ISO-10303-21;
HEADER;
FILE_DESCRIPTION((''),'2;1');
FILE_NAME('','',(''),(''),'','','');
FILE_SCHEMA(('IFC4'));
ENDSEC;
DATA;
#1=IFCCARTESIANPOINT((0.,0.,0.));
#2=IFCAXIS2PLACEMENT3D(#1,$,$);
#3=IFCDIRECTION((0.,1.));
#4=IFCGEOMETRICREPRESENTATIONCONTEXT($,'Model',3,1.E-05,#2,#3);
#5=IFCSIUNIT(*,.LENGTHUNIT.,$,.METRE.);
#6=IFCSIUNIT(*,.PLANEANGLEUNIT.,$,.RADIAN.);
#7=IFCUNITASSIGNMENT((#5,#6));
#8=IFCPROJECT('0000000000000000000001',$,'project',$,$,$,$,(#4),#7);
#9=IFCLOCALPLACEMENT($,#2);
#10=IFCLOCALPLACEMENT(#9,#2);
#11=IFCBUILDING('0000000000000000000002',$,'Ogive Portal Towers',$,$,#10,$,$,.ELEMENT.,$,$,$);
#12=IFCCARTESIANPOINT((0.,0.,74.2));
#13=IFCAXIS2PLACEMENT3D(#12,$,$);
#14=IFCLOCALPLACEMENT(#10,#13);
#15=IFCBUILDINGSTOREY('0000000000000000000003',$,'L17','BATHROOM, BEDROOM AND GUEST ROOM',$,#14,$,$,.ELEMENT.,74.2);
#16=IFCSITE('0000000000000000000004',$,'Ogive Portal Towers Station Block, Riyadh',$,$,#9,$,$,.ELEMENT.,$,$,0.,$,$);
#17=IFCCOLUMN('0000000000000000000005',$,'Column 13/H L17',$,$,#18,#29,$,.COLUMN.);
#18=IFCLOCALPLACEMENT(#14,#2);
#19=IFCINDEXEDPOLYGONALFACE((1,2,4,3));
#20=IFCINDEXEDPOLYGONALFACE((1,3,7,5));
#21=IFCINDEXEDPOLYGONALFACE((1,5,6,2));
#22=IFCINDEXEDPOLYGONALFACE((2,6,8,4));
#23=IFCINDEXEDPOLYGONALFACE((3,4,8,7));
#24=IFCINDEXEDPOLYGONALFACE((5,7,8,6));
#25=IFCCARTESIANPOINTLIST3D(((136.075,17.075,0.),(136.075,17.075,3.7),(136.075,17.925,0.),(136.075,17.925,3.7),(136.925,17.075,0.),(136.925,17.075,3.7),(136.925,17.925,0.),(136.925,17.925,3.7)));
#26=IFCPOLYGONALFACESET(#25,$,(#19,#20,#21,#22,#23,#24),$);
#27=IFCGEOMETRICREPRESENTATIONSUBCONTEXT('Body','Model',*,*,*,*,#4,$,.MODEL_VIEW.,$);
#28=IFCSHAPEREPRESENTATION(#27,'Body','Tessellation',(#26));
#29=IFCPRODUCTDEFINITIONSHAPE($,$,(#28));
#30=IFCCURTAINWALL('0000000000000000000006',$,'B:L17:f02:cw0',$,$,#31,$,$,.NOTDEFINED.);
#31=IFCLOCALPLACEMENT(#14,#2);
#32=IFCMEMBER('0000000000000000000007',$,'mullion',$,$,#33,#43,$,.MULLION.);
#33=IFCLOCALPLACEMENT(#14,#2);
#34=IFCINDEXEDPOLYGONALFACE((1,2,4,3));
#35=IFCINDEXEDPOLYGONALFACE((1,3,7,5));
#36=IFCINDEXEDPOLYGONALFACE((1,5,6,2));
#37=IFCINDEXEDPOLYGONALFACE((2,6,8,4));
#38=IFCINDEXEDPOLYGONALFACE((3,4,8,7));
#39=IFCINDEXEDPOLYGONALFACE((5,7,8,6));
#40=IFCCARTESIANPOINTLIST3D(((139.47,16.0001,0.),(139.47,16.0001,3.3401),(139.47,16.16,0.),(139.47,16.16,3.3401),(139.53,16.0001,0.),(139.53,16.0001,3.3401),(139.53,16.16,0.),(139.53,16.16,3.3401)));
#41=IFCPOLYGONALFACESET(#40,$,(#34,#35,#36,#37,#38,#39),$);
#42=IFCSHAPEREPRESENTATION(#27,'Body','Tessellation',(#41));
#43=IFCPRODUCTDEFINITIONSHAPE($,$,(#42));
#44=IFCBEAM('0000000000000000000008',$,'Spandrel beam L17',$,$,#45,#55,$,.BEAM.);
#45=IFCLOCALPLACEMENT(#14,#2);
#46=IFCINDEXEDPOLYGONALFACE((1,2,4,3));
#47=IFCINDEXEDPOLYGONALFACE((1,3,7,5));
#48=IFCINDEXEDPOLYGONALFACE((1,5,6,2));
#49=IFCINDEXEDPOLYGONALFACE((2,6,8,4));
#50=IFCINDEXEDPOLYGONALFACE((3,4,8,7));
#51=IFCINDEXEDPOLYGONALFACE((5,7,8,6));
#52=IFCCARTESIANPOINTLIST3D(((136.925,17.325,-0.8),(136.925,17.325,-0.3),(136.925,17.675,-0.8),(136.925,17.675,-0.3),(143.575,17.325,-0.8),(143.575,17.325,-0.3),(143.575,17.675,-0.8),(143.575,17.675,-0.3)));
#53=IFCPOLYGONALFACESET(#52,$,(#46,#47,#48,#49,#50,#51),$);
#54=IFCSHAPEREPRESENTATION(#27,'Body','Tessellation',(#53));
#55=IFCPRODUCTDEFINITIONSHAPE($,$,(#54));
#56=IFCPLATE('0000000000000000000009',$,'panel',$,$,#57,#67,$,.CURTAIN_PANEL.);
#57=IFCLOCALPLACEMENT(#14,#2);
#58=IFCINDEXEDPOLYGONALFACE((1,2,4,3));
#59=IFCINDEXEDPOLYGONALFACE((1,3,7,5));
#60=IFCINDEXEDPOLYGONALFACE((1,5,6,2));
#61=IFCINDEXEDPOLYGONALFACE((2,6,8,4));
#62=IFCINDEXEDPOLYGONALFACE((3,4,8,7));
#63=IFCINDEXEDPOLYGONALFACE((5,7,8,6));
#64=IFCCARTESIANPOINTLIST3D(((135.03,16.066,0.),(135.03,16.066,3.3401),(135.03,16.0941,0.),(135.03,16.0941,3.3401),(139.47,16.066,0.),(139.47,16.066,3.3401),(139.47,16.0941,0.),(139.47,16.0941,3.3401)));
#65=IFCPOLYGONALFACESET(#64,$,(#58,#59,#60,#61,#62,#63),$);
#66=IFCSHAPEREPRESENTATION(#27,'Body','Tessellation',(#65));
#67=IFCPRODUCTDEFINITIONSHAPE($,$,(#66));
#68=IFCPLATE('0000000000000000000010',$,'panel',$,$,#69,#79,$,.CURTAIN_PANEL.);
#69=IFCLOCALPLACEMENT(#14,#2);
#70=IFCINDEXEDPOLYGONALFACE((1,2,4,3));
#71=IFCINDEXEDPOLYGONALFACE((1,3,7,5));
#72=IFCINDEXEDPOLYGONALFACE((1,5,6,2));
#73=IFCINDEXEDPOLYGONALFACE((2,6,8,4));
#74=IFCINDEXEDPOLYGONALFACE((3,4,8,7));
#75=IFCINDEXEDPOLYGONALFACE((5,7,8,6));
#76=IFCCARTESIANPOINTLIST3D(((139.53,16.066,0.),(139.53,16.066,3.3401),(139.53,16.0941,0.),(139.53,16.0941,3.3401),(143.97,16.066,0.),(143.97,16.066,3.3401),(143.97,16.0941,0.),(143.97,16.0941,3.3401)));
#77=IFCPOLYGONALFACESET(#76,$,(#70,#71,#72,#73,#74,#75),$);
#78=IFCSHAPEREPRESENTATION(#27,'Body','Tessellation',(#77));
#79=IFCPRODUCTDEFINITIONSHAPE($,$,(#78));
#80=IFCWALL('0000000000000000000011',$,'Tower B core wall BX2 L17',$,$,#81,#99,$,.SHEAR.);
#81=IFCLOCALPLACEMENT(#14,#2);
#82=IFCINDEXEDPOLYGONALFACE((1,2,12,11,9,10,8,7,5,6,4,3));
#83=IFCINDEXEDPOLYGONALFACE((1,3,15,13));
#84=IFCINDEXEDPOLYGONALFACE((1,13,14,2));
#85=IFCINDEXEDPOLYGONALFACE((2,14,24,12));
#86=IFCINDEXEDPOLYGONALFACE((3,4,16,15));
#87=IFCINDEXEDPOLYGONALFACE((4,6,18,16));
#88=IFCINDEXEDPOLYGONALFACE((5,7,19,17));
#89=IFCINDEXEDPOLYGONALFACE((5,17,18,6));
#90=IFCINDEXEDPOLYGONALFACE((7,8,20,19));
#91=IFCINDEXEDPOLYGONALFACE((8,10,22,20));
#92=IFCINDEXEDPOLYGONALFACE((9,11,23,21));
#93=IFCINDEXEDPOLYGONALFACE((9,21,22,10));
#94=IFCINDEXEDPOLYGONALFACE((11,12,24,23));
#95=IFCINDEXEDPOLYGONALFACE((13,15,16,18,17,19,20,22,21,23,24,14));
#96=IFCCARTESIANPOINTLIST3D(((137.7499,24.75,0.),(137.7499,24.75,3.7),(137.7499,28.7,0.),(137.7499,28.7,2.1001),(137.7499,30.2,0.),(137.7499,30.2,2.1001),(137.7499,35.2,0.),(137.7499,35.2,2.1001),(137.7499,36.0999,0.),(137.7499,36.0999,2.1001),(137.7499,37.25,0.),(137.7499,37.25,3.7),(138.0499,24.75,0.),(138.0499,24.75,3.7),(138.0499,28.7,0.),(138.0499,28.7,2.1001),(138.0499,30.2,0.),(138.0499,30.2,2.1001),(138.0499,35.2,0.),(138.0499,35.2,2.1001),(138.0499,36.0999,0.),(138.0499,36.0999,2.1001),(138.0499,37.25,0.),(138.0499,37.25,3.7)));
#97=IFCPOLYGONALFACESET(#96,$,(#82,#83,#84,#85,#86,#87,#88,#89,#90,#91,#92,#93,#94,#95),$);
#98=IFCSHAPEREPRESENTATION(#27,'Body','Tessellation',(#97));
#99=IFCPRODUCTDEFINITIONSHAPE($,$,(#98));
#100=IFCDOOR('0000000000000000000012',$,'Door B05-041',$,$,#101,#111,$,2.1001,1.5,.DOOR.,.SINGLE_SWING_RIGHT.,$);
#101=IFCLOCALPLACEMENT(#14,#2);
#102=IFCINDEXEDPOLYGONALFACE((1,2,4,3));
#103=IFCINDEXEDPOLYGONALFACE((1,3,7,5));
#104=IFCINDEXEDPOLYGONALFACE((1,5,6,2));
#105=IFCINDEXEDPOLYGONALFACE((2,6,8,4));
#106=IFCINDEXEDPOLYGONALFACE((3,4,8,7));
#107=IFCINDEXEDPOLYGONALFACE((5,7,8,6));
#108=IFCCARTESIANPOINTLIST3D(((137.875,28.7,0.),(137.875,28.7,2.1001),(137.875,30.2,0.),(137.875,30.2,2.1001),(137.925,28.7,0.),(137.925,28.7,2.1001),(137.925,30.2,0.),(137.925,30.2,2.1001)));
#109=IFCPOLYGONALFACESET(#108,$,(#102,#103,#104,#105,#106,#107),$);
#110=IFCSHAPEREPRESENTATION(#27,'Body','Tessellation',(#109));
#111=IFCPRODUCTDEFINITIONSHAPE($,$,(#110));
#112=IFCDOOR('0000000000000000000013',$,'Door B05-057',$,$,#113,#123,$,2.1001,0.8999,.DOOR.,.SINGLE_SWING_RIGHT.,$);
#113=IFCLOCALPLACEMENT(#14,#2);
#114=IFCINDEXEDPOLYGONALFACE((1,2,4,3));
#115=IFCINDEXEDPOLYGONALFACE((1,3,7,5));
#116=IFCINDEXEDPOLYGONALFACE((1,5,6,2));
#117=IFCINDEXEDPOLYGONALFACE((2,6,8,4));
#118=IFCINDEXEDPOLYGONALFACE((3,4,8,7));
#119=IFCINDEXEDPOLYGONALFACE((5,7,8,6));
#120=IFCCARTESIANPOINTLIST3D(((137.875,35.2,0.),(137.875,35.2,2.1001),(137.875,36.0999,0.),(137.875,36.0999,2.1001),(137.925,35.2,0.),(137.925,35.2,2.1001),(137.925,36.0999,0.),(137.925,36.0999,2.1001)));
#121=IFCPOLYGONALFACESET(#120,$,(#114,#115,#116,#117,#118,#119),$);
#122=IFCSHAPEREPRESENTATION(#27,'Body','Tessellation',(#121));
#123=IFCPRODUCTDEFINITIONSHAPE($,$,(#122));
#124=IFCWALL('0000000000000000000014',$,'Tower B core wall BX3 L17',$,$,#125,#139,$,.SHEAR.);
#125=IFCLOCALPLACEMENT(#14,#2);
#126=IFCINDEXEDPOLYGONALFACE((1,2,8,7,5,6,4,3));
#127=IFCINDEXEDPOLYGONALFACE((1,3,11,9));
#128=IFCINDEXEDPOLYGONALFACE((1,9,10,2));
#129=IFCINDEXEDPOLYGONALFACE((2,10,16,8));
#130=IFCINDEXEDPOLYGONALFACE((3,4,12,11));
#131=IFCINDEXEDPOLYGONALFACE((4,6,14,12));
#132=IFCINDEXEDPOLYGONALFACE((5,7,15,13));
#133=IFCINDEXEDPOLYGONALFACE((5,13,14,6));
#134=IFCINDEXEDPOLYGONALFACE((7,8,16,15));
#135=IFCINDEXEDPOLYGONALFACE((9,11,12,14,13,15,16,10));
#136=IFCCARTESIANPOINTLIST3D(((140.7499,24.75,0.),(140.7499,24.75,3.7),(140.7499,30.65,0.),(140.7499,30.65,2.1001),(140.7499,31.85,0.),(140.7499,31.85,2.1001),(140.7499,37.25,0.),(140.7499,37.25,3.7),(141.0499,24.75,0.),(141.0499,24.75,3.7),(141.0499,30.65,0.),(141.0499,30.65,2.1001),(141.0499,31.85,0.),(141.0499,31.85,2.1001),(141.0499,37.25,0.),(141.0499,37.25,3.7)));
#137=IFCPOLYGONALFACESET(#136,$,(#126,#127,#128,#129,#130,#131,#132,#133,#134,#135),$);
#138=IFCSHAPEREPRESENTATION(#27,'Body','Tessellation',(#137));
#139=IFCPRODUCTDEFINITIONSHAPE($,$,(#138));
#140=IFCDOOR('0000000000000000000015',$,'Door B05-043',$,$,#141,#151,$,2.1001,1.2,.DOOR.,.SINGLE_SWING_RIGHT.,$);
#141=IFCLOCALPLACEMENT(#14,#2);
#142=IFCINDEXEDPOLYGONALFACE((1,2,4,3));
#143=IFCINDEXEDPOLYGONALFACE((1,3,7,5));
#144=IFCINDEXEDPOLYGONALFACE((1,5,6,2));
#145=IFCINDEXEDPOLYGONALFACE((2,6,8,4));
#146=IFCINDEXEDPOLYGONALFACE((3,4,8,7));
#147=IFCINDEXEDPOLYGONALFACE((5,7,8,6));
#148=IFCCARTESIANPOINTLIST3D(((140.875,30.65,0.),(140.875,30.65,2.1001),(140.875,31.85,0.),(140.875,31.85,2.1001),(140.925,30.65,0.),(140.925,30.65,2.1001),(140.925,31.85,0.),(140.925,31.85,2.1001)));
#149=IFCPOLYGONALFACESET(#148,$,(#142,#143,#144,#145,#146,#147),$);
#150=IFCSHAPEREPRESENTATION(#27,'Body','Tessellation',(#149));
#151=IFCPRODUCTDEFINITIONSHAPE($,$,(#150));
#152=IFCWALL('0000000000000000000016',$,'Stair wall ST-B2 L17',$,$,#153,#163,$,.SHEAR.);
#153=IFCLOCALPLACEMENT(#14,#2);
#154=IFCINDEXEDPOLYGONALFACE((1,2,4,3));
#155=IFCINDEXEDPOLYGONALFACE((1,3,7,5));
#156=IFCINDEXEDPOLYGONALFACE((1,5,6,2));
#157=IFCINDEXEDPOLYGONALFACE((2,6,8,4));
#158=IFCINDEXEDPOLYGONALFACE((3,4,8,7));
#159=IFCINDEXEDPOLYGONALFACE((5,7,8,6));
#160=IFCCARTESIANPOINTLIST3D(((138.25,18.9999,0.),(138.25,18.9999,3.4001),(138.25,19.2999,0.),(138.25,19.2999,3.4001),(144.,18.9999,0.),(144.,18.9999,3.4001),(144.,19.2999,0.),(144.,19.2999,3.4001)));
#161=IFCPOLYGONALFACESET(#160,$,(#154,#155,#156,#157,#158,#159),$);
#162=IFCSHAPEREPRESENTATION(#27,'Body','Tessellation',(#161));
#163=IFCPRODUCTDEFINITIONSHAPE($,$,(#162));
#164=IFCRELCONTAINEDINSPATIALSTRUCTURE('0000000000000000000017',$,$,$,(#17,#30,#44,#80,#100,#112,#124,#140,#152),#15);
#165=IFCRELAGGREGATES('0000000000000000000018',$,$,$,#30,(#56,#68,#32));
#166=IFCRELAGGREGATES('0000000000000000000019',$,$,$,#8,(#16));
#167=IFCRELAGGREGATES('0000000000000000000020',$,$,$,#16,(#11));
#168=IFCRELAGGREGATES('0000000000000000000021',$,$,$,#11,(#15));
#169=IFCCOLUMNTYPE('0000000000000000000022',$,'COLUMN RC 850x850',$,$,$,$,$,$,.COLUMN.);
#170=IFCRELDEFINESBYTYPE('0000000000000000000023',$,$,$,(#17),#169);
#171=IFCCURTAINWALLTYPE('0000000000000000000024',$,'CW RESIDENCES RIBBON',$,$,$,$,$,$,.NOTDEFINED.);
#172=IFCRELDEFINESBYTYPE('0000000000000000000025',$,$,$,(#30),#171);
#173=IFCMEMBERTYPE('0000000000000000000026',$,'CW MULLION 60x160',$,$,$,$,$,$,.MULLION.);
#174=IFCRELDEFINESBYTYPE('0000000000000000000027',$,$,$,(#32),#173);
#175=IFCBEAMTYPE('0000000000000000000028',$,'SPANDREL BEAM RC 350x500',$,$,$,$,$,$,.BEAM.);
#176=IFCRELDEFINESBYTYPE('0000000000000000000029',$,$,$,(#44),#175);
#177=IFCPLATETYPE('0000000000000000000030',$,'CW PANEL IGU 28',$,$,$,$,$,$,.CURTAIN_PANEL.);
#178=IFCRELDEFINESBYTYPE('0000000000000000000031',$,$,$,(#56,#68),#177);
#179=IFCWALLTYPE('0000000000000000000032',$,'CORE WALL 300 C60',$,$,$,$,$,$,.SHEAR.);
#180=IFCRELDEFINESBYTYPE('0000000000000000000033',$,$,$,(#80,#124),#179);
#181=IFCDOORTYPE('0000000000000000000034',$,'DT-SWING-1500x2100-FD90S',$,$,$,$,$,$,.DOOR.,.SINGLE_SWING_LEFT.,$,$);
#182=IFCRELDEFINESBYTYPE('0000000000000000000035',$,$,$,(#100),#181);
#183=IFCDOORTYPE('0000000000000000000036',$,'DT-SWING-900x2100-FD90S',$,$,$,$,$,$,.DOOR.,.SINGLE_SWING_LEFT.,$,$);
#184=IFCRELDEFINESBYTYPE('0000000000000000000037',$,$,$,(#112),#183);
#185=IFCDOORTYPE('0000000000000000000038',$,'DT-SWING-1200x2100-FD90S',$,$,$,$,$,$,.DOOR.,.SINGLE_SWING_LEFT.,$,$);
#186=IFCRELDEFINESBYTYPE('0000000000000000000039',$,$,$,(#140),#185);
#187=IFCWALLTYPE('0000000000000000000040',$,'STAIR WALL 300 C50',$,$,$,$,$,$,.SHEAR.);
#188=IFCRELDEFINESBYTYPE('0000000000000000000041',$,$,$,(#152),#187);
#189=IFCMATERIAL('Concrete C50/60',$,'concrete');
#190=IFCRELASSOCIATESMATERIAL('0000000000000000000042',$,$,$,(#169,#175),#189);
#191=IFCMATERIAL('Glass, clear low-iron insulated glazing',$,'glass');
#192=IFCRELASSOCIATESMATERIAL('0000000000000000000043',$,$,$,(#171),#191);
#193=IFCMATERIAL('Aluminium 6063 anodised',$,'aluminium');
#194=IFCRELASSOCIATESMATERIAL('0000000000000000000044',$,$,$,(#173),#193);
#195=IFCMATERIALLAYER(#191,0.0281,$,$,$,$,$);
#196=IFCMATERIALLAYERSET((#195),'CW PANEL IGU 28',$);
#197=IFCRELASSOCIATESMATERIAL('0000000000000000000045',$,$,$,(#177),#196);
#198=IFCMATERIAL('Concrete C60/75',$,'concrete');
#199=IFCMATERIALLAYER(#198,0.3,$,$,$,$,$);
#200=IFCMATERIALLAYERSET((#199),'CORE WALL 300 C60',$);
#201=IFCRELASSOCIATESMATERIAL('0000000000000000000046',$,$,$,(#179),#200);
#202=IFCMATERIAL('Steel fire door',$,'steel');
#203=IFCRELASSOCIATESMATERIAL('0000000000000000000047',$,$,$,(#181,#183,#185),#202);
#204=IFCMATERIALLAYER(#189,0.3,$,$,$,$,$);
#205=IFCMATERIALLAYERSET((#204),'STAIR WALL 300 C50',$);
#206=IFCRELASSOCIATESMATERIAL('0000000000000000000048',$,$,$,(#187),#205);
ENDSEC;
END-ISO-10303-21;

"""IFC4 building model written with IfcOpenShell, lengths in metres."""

from ifc_helpers import new_model, si_unit, direction, frame, frame_2d, origin, origin_2d, place, context, subcontext, project, spatial, rectangle, extrude, material, layer, layer_set, material_profile, profile_set, type_object, element, fill, aggregate, save


model = new_model("IFC4")

# Units and contexts
model_context = context("Model", 3, precision=1e-05, world=origin(), true_north=direction((0.0, 1.0)))
body_context = subcontext(model_context, "Body", "Model", "MODEL_VIEW")
ifc_project = project(units=[si_unit("LENGTHUNIT", "METRE"), si_unit("PLANEANGLEUNIT", "RADIAN")], contexts=[model_context])

# Site, building, storey
site_placement = place(None, origin())
site = spatial("IfcSite", under=ifc_project, at=site_placement, Name="Ogive Portal Towers Station Block, Riyadh", CompositionType="ELEMENT", RefElevation=0.0)
building_placement = place(site_placement, origin())
building = spatial("IfcBuilding", under=site, at=building_placement, Name="Ogive Portal Towers", CompositionType="ELEMENT")
storey_placement = place(building_placement, frame((0.0, 0.0, 74.2)))
storey = spatial("IfcBuildingStorey", under=building, at=storey_placement, Name="L17", Description="BATHROOM, BEDROOM AND GUEST ROOM", CompositionType="ELEMENT", Elevation=74.2)

# Column
ifc_material_1 = material(Name="Concrete C50/60", Category="concrete")
ifc_material_profile_1 = material_profile(ifc_material_1, rectangle(XDim=0.8501, YDim=0.8501, at=origin_2d()), Name="RC 850x850")
ifc_profile_set_1 = profile_set([ifc_material_profile_1], Name="Concrete C50/60")
column_type = type_object("IfcColumnType", Name="COLUMN RC 850x850", PredefinedType="COLUMN", material=ifc_profile_set_1)
column_placement = place(storey_placement, frame((136.5, 17.5, 0.0), z_axis=(0.0, 0.0, 1.0), x_axis=(1.0, 0.0, 0.0)))
element("IfcColumn", 1, at=column_placement, inside=storey, type_object=column_type, Name="Column 13/H L17", PredefinedType="COLUMN", context=body_context, shape_type="SweptSolid", body=[
    extrude(rectangle(XDim=0.8501, YDim=0.8501, at=origin_2d()), origin(), (0.0, 0.0, 1.0), 3.7),
])

# Curtain wall, member
ifc_material_2 = material(Name="Glass, clear low-iron insulated glazing", Category="glass")
curtain_wall_type = type_object("IfcCurtainWallType", Name="CW RESIDENCES RIBBON", PredefinedType="NOTDEFINED", material=ifc_material_2)
curtain_wall_placement = place(storey_placement, origin())
curtain_wall = element("IfcCurtainWall", 2, at=curtain_wall_placement, inside=storey, type_object=curtain_wall_type, Name="B:L17:f02:cw0", PredefinedType="NOTDEFINED")
ifc_material_3 = material(Name="Aluminium 6063 anodised", Category="aluminium")
ifc_material_profile_2 = material_profile(ifc_material_3, rectangle(XDim=0.1599, YDim=0.0601, at=origin_2d()), Name="AL 60x160")
ifc_profile_set_2 = profile_set([ifc_material_profile_2], Name="Aluminium 6063 anodised")
member_type = type_object("IfcMemberType", Name="CW MULLION 60x160", PredefinedType="MULLION", material=ifc_profile_set_2)
member_placement = place(storey_placement, frame((139.5, 16.0801, 0.0), z_axis=(0.0, 0.0, 1.0), x_axis=(0.0, 1.0, 0.0)))
member = element("IfcMember", 3, at=member_placement, type_object=member_type, Name="mullion", PredefinedType="MULLION", context=body_context, shape_type="SweptSolid", body=[
    extrude(rectangle(XDim=0.1599, YDim=0.0601, at=origin_2d()), origin(), (0.0, 0.0, 1.0), 3.3401),
])

# Beam
ifc_material_profile_3 = material_profile(ifc_material_1, rectangle(XDim=0.3501, YDim=0.5, at=origin_2d()), Name="RC 350x500")
ifc_profile_set_3 = profile_set([ifc_material_profile_3], Name="Concrete C50/60")
beam_type = type_object("IfcBeamType", Name="SPANDREL BEAM RC 350x500", PredefinedType="BEAM", material=ifc_profile_set_3)
beam_placement = place(storey_placement, frame((136.925, 17.5, -0.55), z_axis=(1.0, 0.0, 0.0), x_axis=(0.0, 1.0, 0.0)))
element("IfcBeam", 4, at=beam_placement, inside=storey, type_object=beam_type, Name="Spandrel beam L17", PredefinedType="BEAM", context=body_context, shape_type="SweptSolid", body=[
    extrude(rectangle(XDim=0.3501, YDim=0.5, at=origin_2d()), origin(), (0.0, 0.0, 1.0), 6.6499),
])

# Plates
ifc_layer_1 = layer(ifc_material_2, 0.0281)
ifc_layer_set_1 = layer_set([ifc_layer_1], Name="CW PANEL IGU 28")
plate_type = type_object("IfcPlateType", Name="CW PANEL IGU 28", PredefinedType="CURTAIN_PANEL", material=ifc_layer_set_1)
plate_1_placement = place(storey_placement, frame((137.25, 16.0801, 0.0), z_axis=(0.0, 0.0, 1.0), x_axis=(1.0, 0.0, 0.0)))
plate_1 = element("IfcPlate", 5, at=plate_1_placement, type_object=plate_type, Name="panel", PredefinedType="CURTAIN_PANEL", context=body_context, shape_type="SweptSolid", body=[
    extrude(rectangle(XDim=4.4399, YDim=0.0281, at=origin_2d()), origin(), (0.0, 0.0, 1.0), 3.3401),
])
plate_2_placement = place(storey_placement, frame((141.75, 16.0801, 0.0), z_axis=(0.0, 0.0, 1.0), x_axis=(1.0, 0.0, 0.0)))
plate_2 = element("IfcPlate", 6, at=plate_2_placement, type_object=plate_type, Name="panel", PredefinedType="CURTAIN_PANEL", context=body_context, shape_type="SweptSolid", body=[
    extrude(rectangle(XDim=4.4399, YDim=0.0281, at=origin_2d()), origin(), (0.0, 0.0, 1.0), 3.3401),
])
aggregate(curtain_wall, [plate_1, plate_2, member])

# Wall, openings, doors
ifc_material_4 = material(Name="Concrete C60/75", Category="concrete")
ifc_layer_2 = layer(ifc_material_4, 0.3)
ifc_layer_set_2 = layer_set([ifc_layer_2], Name="CORE WALL 300 C60")
wall_type_1 = type_object("IfcWallType", Name="CORE WALL 300 C60", PredefinedType="SHEAR", material=ifc_layer_set_2)
wall_1_placement = place(storey_placement, frame((137.8999, 24.75, 0.0), z_axis=(0.0, 0.0, 1.0), x_axis=(0.0, 1.0, 0.0)))
wall_1 = element("IfcWall", 7, at=wall_1_placement, inside=storey, type_object=wall_type_1, Name="Tower B core wall BX2 L17", PredefinedType="SHEAR", context=body_context, shape_type="SweptSolid", body=[
    extrude(rectangle(XDim=12.5, YDim=0.3, at=frame_2d((6.25, 0.0))), origin(), (0.0, 0.0, 1.0), 3.7),
])
opening_1_placement = place(wall_1_placement, frame((3.95, 0.0, 0.0)))
opening_1 = element("IfcOpeningElement", 8, at=opening_1_placement, cuts=wall_1, PredefinedType="OPENING", context=body_context, shape_type="SweptSolid", body=[
    extrude(rectangle(XDim=1.5, YDim=2.1001, at=frame_2d((0.75, 1.05))), frame((0.0, 0.1602, 0.0), z_axis=(0.0, -1.0, 0.0), x_axis=(1.0, 0.0, 0.0)), (0.0, 0.0, 1.0), 0.3201),
])
opening_2_placement = place(wall_1_placement, frame((10.45, 0.0, 0.0)))
opening_2 = element("IfcOpeningElement", 9, at=opening_2_placement, cuts=wall_1, PredefinedType="OPENING", context=body_context, shape_type="SweptSolid", body=[
    extrude(rectangle(XDim=0.8999, YDim=2.1001, at=frame_2d((0.45, 1.05))), frame((0.0, 0.1602, 0.0), z_axis=(0.0, -1.0, 0.0), x_axis=(1.0, 0.0, 0.0)), (0.0, 0.0, 1.0), 0.3201),
])
ifc_material_5 = material(Name="Steel fire door", Category="steel")
door_type_1 = type_object("IfcDoorType", Name="DT-SWING-1500x2100-FD90S", OperationType="SINGLE_SWING_LEFT", PredefinedType="DOOR", material=ifc_material_5)
door_1_placement = place(opening_1_placement, origin())
door_1 = element("IfcDoor", 10, at=door_1_placement, inside=storey, type_object=door_type_1, Name="Door B05-041", OperationType="SINGLE_SWING_RIGHT", OverallHeight=2.1001, OverallWidth=1.5, PredefinedType="DOOR", context=body_context, shape_type="SweptSolid", body=[
    extrude(rectangle(XDim=1.5, YDim=2.1001, at=frame_2d((0.75, 1.05))), frame((0.0, 0.0249, 0.0), z_axis=(0.0, -1.0, 0.0), x_axis=(1.0, 0.0, 0.0)), (0.0, 0.0, 1.0), 0.05),
])
fill(opening_1, door_1)
door_type_2 = type_object("IfcDoorType", Name="DT-SWING-900x2100-FD90S", OperationType="SINGLE_SWING_LEFT", PredefinedType="DOOR", material=ifc_material_5)
door_2_placement = place(opening_2_placement, origin())
door_2 = element("IfcDoor", 11, at=door_2_placement, inside=storey, type_object=door_type_2, Name="Door B05-057", OperationType="SINGLE_SWING_RIGHT", OverallHeight=2.1001, OverallWidth=0.8999, PredefinedType="DOOR", context=body_context, shape_type="SweptSolid", body=[
    extrude(rectangle(XDim=0.8999, YDim=2.1001, at=frame_2d((0.45, 1.05))), frame((0.0, 0.0249, 0.0), z_axis=(0.0, -1.0, 0.0), x_axis=(1.0, 0.0, 0.0)), (0.0, 0.0, 1.0), 0.05),
])
fill(opening_2, door_2)

# Wall, opening, door
wall_2_placement = place(storey_placement, frame((140.8999, 24.75, 0.0), z_axis=(0.0, 0.0, 1.0), x_axis=(0.0, 1.0, 0.0)))
wall_2 = element("IfcWall", 12, at=wall_2_placement, inside=storey, type_object=wall_type_1, Name="Tower B core wall BX3 L17", PredefinedType="SHEAR", context=body_context, shape_type="SweptSolid", body=[
    extrude(rectangle(XDim=12.5, YDim=0.3, at=frame_2d((6.25, 0.0))), origin(), (0.0, 0.0, 1.0), 3.7),
])
opening_3_placement = place(wall_2_placement, frame((5.8999, 0.0, 0.0)))
opening_3 = element("IfcOpeningElement", 13, at=opening_3_placement, cuts=wall_2, PredefinedType="OPENING", context=body_context, shape_type="SweptSolid", body=[
    extrude(rectangle(XDim=1.2, YDim=2.1001, at=frame_2d((0.6001, 1.05))), frame((0.0, 0.1602, 0.0), z_axis=(0.0, -1.0, 0.0), x_axis=(1.0, 0.0, 0.0)), (0.0, 0.0, 1.0), 0.3201),
])
door_type_3 = type_object("IfcDoorType", Name="DT-SWING-1200x2100-FD90S", OperationType="SINGLE_SWING_LEFT", PredefinedType="DOOR", material=ifc_material_5)
door_3_placement = place(opening_3_placement, origin())
door_3 = element("IfcDoor", 14, at=door_3_placement, inside=storey, type_object=door_type_3, Name="Door B05-043", OperationType="SINGLE_SWING_RIGHT", OverallHeight=2.1001, OverallWidth=1.2, PredefinedType="DOOR", context=body_context, shape_type="SweptSolid", body=[
    extrude(rectangle(XDim=1.2, YDim=2.1001, at=frame_2d((0.6001, 1.05))), frame((0.0, 0.0249, 0.0), z_axis=(0.0, -1.0, 0.0), x_axis=(1.0, 0.0, 0.0)), (0.0, 0.0, 1.0), 0.05),
])
fill(opening_3, door_3)

# Wall
ifc_layer_3 = layer(ifc_material_1, 0.3)
ifc_layer_set_3 = layer_set([ifc_layer_3], Name="STAIR WALL 300 C50")
wall_type_2 = type_object("IfcWallType", Name="STAIR WALL 300 C50", PredefinedType="SHEAR", material=ifc_layer_set_3)
wall_3_placement = place(storey_placement, frame((138.25, 19.1499, 0.0), z_axis=(0.0, 0.0, 1.0), x_axis=(1.0, 0.0, 0.0)))
element("IfcWall", 15, at=wall_3_placement, inside=storey, type_object=wall_type_2, Name="Stair wall ST-B2 L17", PredefinedType="SHEAR", context=body_context, shape_type="SweptSolid", body=[
    extrude(rectangle(XDim=5.75, YDim=0.3, at=frame_2d((2.875, 0.0))), origin(), (0.0, 0.0, 1.0), 3.4001),
])

save(model, "model.ifc")
